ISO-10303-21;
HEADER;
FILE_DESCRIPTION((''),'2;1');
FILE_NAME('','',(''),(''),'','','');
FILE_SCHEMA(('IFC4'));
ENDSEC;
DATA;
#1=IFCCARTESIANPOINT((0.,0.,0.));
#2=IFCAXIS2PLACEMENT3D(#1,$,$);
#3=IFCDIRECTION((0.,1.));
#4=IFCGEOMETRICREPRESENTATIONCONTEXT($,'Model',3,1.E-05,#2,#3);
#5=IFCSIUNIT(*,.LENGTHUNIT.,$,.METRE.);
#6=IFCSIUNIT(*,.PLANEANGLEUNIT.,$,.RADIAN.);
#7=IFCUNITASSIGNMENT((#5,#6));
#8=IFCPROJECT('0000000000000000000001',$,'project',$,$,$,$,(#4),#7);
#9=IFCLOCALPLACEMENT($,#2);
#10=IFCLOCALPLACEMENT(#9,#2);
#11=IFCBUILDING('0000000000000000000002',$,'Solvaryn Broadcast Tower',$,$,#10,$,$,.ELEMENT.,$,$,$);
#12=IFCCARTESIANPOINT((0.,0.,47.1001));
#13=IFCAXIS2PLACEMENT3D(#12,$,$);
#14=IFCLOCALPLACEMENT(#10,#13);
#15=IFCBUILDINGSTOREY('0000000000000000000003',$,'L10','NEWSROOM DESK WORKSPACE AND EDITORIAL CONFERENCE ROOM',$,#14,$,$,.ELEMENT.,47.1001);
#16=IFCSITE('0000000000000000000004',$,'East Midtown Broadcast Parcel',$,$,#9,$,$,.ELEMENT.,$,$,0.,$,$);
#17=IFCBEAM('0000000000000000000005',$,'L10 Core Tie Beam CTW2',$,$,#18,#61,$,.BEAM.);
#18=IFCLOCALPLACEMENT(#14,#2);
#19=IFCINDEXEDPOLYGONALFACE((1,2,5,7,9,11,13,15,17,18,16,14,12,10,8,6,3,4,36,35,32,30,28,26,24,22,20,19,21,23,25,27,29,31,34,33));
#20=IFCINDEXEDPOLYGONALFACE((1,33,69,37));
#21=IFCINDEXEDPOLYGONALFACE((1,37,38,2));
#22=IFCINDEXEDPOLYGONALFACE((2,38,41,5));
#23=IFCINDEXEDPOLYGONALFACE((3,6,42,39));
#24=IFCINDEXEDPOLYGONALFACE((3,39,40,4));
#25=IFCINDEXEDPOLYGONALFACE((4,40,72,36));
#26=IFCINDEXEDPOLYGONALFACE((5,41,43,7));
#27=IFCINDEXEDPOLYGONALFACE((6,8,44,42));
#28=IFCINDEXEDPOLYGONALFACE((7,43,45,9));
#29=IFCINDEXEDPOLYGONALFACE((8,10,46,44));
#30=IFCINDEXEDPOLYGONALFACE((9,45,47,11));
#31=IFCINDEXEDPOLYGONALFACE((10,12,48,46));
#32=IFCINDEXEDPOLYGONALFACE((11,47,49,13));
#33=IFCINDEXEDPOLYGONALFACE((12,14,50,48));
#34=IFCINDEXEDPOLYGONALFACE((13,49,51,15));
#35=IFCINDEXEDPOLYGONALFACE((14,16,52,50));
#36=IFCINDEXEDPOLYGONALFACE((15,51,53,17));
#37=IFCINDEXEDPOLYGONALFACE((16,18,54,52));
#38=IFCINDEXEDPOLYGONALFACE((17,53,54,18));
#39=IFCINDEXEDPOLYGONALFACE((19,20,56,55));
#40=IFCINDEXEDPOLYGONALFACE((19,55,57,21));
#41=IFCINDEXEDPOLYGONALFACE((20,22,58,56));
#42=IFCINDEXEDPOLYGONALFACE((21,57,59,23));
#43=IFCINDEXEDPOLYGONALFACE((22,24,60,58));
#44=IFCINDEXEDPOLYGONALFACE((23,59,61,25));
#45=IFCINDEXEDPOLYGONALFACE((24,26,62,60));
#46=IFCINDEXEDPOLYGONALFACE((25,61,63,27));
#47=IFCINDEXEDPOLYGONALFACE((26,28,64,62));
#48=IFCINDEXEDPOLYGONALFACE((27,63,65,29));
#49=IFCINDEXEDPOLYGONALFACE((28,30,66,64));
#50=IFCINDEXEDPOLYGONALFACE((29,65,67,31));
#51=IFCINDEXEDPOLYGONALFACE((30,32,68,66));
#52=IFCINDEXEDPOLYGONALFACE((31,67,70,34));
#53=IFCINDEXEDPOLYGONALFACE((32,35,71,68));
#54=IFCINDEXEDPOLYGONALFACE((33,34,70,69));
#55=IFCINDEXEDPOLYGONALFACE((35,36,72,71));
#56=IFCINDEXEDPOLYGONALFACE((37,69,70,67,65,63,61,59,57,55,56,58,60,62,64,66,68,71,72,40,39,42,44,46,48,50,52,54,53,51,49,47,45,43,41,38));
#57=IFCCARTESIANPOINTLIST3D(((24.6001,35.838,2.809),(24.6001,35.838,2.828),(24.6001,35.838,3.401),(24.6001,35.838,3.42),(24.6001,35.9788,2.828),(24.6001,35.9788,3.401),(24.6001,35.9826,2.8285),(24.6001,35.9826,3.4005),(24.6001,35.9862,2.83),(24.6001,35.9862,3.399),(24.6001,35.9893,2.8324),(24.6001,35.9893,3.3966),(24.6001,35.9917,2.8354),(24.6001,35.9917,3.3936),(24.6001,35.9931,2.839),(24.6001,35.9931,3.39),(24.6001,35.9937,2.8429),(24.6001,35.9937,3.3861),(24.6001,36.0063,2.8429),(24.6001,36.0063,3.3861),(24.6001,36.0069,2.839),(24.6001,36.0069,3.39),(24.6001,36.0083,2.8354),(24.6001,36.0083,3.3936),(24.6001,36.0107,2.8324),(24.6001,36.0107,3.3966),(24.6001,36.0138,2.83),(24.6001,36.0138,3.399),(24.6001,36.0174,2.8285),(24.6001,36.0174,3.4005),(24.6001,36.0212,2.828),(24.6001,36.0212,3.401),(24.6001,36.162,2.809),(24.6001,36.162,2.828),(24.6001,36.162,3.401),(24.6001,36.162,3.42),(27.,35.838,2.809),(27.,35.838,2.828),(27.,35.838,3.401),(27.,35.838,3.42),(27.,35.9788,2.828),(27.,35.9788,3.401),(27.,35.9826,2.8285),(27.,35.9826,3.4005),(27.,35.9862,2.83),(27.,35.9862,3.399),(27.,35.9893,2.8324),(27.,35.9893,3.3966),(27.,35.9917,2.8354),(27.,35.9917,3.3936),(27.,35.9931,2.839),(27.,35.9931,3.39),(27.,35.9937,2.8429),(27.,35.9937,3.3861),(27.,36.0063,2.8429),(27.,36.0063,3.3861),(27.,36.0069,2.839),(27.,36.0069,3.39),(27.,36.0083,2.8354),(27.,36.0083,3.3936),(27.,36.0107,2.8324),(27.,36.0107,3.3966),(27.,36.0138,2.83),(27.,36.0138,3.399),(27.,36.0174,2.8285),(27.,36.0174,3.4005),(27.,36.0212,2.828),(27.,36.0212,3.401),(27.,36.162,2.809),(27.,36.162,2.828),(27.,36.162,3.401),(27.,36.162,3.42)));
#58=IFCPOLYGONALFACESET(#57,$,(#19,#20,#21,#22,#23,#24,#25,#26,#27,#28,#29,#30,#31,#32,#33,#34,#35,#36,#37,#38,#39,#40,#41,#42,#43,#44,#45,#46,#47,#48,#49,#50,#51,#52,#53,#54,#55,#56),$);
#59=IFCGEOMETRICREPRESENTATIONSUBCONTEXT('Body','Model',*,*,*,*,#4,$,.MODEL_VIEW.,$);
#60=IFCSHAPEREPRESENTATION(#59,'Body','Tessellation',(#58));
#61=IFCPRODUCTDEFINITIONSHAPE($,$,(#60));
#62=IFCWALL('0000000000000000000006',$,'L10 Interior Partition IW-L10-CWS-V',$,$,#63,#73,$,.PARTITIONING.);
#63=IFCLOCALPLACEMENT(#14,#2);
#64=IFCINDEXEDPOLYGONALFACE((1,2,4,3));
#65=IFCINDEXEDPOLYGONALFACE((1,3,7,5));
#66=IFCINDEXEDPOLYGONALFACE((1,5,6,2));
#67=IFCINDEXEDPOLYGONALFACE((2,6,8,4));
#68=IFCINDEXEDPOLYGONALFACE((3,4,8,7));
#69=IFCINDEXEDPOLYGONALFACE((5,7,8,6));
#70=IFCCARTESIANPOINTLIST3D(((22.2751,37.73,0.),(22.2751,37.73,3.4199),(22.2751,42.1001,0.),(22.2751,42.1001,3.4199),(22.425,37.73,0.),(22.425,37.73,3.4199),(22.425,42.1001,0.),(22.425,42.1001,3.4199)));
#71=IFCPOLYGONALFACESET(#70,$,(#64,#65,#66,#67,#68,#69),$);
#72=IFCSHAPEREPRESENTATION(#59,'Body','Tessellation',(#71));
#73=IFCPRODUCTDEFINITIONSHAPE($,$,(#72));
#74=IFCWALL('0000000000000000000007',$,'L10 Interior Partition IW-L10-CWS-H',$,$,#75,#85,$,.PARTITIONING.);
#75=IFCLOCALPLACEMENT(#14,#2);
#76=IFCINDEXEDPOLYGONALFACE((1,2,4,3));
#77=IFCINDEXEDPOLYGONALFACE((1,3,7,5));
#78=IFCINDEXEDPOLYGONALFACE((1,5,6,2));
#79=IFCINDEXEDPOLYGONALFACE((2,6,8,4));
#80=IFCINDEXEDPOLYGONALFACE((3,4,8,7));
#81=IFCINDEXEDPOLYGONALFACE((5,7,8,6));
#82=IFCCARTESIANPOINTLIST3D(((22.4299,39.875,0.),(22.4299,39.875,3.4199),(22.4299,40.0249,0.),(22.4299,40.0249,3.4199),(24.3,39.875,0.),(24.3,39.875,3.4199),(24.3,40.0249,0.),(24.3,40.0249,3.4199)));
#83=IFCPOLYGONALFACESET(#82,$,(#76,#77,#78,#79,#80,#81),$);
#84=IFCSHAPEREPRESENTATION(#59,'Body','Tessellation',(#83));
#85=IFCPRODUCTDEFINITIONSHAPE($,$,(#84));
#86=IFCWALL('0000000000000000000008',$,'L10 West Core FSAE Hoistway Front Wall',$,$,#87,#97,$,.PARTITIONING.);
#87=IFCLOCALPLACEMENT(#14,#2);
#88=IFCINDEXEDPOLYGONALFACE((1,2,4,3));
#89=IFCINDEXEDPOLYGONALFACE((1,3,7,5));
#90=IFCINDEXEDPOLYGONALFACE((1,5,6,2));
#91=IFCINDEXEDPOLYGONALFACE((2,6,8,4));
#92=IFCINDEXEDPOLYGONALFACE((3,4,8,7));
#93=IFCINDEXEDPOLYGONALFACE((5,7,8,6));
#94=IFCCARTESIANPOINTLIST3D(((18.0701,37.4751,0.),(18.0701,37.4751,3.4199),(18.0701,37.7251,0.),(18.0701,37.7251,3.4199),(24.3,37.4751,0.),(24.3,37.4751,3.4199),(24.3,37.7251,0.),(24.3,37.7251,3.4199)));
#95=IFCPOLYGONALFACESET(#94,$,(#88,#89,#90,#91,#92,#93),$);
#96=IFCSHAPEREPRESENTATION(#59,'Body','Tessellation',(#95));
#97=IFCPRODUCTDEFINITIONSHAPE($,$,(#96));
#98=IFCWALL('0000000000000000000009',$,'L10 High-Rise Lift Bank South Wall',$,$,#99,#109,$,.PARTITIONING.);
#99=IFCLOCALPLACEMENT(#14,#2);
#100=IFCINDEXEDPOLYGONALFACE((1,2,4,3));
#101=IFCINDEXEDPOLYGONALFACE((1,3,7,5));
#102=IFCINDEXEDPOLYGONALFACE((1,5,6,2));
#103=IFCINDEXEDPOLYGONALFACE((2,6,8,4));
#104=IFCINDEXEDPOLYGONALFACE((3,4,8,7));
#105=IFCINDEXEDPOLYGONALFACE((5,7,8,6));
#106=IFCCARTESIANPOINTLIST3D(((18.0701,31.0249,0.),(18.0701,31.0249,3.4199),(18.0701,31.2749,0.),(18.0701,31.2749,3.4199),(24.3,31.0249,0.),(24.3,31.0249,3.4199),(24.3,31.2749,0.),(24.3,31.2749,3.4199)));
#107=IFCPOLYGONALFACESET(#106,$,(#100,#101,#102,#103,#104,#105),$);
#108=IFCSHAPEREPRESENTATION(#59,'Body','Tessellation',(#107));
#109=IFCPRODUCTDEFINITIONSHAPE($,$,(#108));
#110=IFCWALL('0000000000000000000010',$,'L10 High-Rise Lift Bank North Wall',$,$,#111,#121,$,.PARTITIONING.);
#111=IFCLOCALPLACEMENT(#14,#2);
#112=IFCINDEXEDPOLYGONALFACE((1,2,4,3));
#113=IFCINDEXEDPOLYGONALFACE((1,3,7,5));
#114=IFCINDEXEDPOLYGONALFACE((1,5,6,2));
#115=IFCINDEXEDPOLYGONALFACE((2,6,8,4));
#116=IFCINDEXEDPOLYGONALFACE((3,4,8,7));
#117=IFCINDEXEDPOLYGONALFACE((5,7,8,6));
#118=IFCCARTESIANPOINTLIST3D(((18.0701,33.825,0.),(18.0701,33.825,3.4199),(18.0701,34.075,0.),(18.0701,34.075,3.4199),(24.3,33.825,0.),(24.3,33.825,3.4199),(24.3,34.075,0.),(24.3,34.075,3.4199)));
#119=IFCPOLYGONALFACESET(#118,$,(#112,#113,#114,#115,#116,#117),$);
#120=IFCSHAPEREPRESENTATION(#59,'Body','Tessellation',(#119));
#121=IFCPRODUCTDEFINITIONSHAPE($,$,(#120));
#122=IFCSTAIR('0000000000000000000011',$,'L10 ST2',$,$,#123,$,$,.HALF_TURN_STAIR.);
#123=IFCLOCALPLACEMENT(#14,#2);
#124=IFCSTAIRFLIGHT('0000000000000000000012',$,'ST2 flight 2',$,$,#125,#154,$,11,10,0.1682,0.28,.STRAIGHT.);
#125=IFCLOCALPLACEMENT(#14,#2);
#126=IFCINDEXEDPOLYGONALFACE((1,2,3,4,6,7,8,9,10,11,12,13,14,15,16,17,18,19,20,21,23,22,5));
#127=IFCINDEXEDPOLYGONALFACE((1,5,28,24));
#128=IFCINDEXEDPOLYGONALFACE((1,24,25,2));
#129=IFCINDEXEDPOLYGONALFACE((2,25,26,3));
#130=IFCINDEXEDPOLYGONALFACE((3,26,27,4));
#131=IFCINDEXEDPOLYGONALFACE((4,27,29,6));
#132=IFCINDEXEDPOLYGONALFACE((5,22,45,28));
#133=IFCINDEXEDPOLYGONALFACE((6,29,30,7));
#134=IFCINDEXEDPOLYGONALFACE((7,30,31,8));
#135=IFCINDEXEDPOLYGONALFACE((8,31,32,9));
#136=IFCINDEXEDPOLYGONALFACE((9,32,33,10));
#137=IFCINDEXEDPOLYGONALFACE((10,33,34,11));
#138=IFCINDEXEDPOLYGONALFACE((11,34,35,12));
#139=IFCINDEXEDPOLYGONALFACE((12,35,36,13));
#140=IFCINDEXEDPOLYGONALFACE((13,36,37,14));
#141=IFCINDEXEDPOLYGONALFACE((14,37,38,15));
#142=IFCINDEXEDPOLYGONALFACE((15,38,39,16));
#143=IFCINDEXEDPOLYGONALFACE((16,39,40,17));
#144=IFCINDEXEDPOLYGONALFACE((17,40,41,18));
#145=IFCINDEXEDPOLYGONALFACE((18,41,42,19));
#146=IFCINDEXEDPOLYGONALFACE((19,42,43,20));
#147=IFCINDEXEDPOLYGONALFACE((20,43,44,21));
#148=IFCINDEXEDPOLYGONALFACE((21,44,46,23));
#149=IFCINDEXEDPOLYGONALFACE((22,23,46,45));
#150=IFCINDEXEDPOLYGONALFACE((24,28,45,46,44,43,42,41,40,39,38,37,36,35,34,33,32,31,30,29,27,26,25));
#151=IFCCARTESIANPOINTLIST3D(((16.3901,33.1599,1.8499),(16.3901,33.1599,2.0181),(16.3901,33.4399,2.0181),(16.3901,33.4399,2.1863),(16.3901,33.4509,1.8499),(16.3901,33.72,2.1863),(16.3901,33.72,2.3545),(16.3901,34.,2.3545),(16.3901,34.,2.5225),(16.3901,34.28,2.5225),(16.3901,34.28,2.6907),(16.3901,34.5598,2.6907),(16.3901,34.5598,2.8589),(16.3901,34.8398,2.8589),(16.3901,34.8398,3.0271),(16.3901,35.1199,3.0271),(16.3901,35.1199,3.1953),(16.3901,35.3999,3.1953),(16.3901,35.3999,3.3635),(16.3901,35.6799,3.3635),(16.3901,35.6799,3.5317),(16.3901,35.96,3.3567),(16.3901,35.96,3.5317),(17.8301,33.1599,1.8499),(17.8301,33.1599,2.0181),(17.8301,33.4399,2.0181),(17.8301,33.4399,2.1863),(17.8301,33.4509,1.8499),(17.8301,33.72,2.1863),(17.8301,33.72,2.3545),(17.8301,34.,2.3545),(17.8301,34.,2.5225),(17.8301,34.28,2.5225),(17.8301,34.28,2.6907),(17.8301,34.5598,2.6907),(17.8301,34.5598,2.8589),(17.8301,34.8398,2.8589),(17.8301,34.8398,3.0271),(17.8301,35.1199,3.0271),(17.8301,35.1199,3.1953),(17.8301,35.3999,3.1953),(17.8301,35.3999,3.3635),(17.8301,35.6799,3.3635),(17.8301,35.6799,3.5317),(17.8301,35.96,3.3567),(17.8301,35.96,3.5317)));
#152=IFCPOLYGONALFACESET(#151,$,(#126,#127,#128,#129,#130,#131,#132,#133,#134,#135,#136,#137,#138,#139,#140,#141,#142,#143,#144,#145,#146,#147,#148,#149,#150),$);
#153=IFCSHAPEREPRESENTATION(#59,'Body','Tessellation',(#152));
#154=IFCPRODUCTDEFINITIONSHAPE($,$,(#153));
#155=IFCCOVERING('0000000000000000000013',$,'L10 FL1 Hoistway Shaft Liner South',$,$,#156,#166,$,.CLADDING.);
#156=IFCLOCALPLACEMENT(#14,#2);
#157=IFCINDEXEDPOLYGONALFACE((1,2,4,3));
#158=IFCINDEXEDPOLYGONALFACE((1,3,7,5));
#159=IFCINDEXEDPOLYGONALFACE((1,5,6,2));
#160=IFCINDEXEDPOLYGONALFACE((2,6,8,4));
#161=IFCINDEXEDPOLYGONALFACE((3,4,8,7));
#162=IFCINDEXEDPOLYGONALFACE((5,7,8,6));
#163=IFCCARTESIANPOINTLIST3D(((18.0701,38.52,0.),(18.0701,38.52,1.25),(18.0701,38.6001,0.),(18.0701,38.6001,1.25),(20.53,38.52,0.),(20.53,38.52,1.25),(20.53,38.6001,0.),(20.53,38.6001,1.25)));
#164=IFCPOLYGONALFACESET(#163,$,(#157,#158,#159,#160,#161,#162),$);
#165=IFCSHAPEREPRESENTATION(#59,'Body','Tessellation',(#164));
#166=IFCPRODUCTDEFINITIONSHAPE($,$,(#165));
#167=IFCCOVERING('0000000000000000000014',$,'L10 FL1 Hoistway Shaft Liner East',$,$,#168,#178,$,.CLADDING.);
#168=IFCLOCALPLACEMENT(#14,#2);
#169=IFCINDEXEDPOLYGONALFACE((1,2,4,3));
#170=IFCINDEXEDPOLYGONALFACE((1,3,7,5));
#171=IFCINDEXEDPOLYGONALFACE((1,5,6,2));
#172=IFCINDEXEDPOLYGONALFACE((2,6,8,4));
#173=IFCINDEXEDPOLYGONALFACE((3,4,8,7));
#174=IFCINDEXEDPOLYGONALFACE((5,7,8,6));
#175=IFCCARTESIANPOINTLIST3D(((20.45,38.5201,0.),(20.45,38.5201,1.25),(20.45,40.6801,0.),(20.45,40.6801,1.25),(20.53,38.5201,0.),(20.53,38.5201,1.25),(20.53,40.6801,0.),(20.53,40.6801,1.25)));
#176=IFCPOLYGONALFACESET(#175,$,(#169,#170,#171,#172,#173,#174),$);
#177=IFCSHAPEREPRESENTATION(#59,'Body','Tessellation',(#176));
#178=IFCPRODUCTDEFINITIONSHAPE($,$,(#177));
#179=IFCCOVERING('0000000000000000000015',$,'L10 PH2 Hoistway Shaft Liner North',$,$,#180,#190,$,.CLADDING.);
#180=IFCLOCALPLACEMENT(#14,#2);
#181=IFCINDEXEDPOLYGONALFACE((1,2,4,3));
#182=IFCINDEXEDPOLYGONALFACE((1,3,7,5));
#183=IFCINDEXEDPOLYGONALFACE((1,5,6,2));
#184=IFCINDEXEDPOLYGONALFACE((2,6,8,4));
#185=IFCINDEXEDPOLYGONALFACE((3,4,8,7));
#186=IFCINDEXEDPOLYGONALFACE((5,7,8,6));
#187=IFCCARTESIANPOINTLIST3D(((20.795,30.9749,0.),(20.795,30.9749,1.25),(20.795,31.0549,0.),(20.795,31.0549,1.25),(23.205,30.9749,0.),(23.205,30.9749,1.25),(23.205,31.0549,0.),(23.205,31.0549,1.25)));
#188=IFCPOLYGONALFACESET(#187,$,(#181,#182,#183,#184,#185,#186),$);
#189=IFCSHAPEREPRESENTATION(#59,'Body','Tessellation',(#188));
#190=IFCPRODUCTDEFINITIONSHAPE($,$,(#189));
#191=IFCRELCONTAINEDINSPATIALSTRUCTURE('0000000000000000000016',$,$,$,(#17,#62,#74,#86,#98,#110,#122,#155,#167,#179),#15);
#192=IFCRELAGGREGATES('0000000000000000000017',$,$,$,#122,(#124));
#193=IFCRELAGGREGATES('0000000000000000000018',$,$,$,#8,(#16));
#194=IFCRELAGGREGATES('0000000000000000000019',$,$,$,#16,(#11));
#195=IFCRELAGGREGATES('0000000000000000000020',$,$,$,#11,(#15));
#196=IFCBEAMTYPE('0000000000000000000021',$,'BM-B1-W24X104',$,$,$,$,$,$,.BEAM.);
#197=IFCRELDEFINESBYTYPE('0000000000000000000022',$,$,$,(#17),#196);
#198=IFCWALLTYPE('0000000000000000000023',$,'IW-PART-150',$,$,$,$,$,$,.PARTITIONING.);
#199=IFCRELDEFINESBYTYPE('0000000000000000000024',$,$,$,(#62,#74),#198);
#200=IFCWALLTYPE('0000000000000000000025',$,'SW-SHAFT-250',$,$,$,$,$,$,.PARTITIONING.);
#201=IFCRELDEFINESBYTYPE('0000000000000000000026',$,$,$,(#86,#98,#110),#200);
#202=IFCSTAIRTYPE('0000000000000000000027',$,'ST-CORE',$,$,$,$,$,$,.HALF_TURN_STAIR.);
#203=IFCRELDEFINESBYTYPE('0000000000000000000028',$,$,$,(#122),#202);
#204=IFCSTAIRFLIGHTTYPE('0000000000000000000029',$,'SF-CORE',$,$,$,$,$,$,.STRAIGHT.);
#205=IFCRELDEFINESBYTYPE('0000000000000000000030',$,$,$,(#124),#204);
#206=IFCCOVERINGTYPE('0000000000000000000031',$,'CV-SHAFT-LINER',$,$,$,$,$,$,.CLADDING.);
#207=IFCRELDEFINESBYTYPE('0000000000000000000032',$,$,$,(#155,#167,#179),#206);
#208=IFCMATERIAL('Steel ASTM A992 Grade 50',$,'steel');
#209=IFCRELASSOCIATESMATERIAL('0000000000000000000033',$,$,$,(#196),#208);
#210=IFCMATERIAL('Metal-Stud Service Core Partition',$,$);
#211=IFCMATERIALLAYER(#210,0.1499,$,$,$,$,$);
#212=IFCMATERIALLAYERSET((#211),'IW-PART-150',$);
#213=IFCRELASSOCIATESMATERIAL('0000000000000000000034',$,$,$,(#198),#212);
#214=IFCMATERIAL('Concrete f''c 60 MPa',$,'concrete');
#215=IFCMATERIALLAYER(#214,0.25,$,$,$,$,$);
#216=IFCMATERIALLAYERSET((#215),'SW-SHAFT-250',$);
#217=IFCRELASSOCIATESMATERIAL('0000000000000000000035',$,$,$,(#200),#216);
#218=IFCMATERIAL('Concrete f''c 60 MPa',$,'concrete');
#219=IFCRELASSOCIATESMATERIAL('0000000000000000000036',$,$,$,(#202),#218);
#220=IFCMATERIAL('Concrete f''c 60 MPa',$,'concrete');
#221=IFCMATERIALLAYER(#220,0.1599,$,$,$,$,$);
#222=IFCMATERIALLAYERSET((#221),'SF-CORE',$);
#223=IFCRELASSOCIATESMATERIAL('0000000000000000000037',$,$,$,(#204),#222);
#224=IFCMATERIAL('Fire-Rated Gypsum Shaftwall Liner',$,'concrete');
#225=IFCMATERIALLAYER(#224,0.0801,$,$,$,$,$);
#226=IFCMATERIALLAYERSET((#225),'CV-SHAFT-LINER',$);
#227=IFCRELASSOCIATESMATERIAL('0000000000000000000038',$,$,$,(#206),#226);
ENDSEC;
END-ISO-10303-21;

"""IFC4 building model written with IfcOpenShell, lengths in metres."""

from ifc_helpers import new_model, si_unit, direction, frame, frame_2d, origin, origin_2d, place, context, subcontext, project, spatial, polyline, rectangle, i_section, outline, extrude, material, layer, layer_set, material_profile, profile_set, type_object, element, aggregate, save


model = new_model("IFC4")

# Units and contexts
model_context = context("Model", 3, precision=1e-05, world=origin(), true_north=direction((0.0, 1.0)))
body_context = subcontext(model_context, "Body", "Model", "MODEL_VIEW")
ifc_project = project(units=[si_unit("LENGTHUNIT", "METRE"), si_unit("PLANEANGLEUNIT", "RADIAN")], contexts=[model_context])

# Site, building, storey
site_placement = place(None, origin())
site = spatial("IfcSite", under=ifc_project, at=site_placement, Name="East Midtown Broadcast Parcel", CompositionType="ELEMENT", RefElevation=0.0)
building_placement = place(site_placement, origin())
building = spatial("IfcBuilding", under=site, at=building_placement, Name="Solvaryn Broadcast Tower", CompositionType="ELEMENT")
storey_placement = place(building_placement, frame((0.0, 0.0, 47.1001)))
storey = spatial("IfcBuildingStorey", under=building, at=storey_placement, Name="L10", Description="NEWSROOM DESK WORKSPACE AND EDITORIAL CONFERENCE ROOM", CompositionType="ELEMENT", Elevation=47.1001)

# Beam
ifc_material_1 = material(Name="Steel ASTM A992 Grade 50", Category="steel")
ifc_material_profile = material_profile(ifc_material_1, i_section(OverallWidth=0.324, OverallDepth=0.6111, WebThickness=0.0127, FlangeThickness=0.019, FilletRadius=0.0149, at=origin_2d()))
ifc_profile_set = profile_set([ifc_material_profile], Name="Steel ASTM A992 Grade 50")
beam_type = type_object("IfcBeamType", Name="BM-B1-W24X104", PredefinedType="BEAM", material=ifc_profile_set)
beam_placement = place(storey_placement, frame((24.6001, 36.0, 3.1145), z_axis=(1.0, 0.0, 0.0), x_axis=(0.0, 1.0, 0.0)))
element("IfcBeam", 1, at=beam_placement, inside=storey, type_object=beam_type, Name="L10 Core Tie Beam CTW2", PredefinedType="BEAM", context=body_context, shape_type="SweptSolid", body=[
    extrude(i_section(OverallWidth=0.324, OverallDepth=0.6111, WebThickness=0.0127, FlangeThickness=0.019, FilletRadius=0.0149, at=origin_2d()), origin(), (0.0, 0.0, 1.0), 2.3999),
])

# Walls
ifc_material_2 = material(Name="Metal-Stud Service Core Partition")
ifc_layer_1 = layer(ifc_material_2, 0.1499)
ifc_layer_set_1 = layer_set([ifc_layer_1], Name="IW-PART-150")
wall_type_1 = type_object("IfcWallType", Name="IW-PART-150", PredefinedType="PARTITIONING", material=ifc_layer_set_1)
wall_1_placement = place(storey_placement, frame((22.3501, 37.73, 0.0), z_axis=(0.0, 0.0, 1.0), x_axis=(0.0, 1.0, 0.0)))
element("IfcWall", 2, at=wall_1_placement, inside=storey, type_object=wall_type_1, Name="L10 Interior Partition IW-L10-CWS-V", PredefinedType="PARTITIONING", context=body_context, shape_type="SweptSolid", body=[
    extrude(rectangle(XDim=4.3701, YDim=0.1499, at=frame_2d((2.1851, 0.0))), origin(), (0.0, 0.0, 1.0), 3.4199),
])
wall_2_placement = place(storey_placement, frame((22.4299, 39.95, 0.0), z_axis=(0.0, 0.0, 1.0), x_axis=(1.0, 0.0, 0.0)))
element("IfcWall", 3, at=wall_2_placement, inside=storey, type_object=wall_type_1, Name="L10 Interior Partition IW-L10-CWS-H", PredefinedType="PARTITIONING", context=body_context, shape_type="SweptSolid", body=[
    extrude(rectangle(XDim=1.8701, YDim=0.1499, at=frame_2d((0.9351, 0.0))), origin(), (0.0, 0.0, 1.0), 3.4199),
])
ifc_material_3 = material(Name="Concrete f'c 60 MPa", Category="concrete")
ifc_layer_2 = layer(ifc_material_3, 0.25)
ifc_layer_set_2 = layer_set([ifc_layer_2], Name="SW-SHAFT-250")
wall_type_2 = type_object("IfcWallType", Name="SW-SHAFT-250", PredefinedType="PARTITIONING", material=ifc_layer_set_2)
for number, where, z_axis, x_axis, name in (
    (4, (18.0701, 37.6001, 0.0), (0.0, 0.0, 1.0), (1.0, 0.0, 0.0), "L10 West Core FSAE Hoistway Front Wall"),
    (5, (18.0701, 31.1499, 0.0), (0.0, 0.0, 1.0), (1.0, 0.0, 0.0), "L10 High-Rise Lift Bank South Wall"),
    (6, (24.3, 33.95, 0.0), (0.0, 0.0, 1.0), (-1.0, 0.0, 0.0), "L10 High-Rise Lift Bank North Wall"),
):
    element("IfcWall", number, at=place(storey_placement, frame(where, z_axis=z_axis, x_axis=x_axis)), inside=storey, type_object=wall_type_2, Name=name, PredefinedType="PARTITIONING", context=body_context, shape_type="SweptSolid", body=[
        extrude(rectangle(XDim=6.23, YDim=0.25, at=frame_2d((3.115, 0.0))), origin(), (0.0, 0.0, 1.0), 3.4199),
    ])

# Stair, stair flight
ifc_material_4 = material(Name="Concrete f'c 60 MPa", Category="concrete")
stair_type = type_object("IfcStairType", Name="ST-CORE", PredefinedType="HALF_TURN_STAIR", material=ifc_material_4)
stair_placement = place(storey_placement, origin())
stair = element("IfcStair", 7, at=stair_placement, inside=storey, type_object=stair_type, Name="L10 ST2", PredefinedType="HALF_TURN_STAIR")
ifc_material_5 = material(Name="Concrete f'c 60 MPa", Category="concrete")
ifc_layer_3 = layer(ifc_material_5, 0.1599)
ifc_layer_set_3 = layer_set([ifc_layer_3], Name="SF-CORE")
stair_flight_type = type_object("IfcStairFlightType", Name="SF-CORE", PredefinedType="STRAIGHT", material=ifc_layer_set_3)
stair_flight_placement = place(storey_placement, frame((17.1101, 33.1599, 1.8499), z_axis=(0.0, 0.0, 1.0), x_axis=(0.0, 1.0, 0.0)))
stair_flight = element("IfcStairFlight", 8, at=stair_flight_placement, type_object=stair_flight_type, Name="ST2 flight 2", NumberOfRisers=11, NumberOfTreads=10, PredefinedType="STRAIGHT", RiserHeight=0.1682, TreadLength=0.28, context=body_context, shape_type="SweptSolid", body=[
    extrude(outline(polyline([(0.0, 0.0), (0.0, 0.1682), (0.28, 0.1682), (0.28, 0.3364), (0.5601, 0.3364), (0.5601, 0.5046), (0.8401, 0.5046), (0.8401, 0.6726), (1.1201, 0.6726), (1.1201, 0.8408), (1.3999, 0.8408), (1.3999, 1.009), (1.6799, 1.009), (1.6799, 1.1772), (1.96, 1.1772), (1.96, 1.3455), (2.24, 1.3455), (2.24, 1.5137), (2.52, 1.5137), (2.52, 1.6819), (2.8, 1.6819), (2.8, 1.8501), (2.8, 1.5068), (0.291, 0.0), (0.0, 0.0)])), frame((0.0, 0.72, 0.0), z_axis=(0.0, -1.0, 0.0), x_axis=(1.0, 0.0, 0.0)), (0.0, 0.0, 1.0), 1.4399),
])
aggregate(stair, [stair_flight])

# Coverings
ifc_material_6 = material(Name="Fire-Rated Gypsum Shaftwall Liner", Category="concrete")
ifc_layer_4 = layer(ifc_material_6, 0.0801)
ifc_layer_set_4 = layer_set([ifc_layer_4], Name="CV-SHAFT-LINER")
covering_type = type_object("IfcCoveringType", Name="CV-SHAFT-LINER", PredefinedType="CLADDING", material=ifc_layer_set_4)
covering_1_placement = place(storey_placement, frame((19.3, 38.5601, 0.0), z_axis=(0.0, 0.0, 1.0), x_axis=(1.0, 0.0, 0.0)))
element("IfcCovering", 9, at=covering_1_placement, inside=storey, type_object=covering_type, Name="L10 FL1 Hoistway Shaft Liner South", PredefinedType="CLADDING", context=body_context, shape_type="SweptSolid", body=[
    extrude(rectangle(XDim=2.46, YDim=0.0801, at=origin_2d()), origin(), (0.0, 0.0, 1.0), 1.25),
])
covering_2_placement = place(storey_placement, frame((20.49, 39.6001, 0.0), z_axis=(0.0, 0.0, 1.0), x_axis=(1.0, 0.0, 0.0)))
element("IfcCovering", 10, at=covering_2_placement, inside=storey, type_object=covering_type, Name="L10 FL1 Hoistway Shaft Liner East", PredefinedType="CLADDING", context=body_context, shape_type="SweptSolid", body=[
    extrude(rectangle(XDim=0.0801, YDim=2.1599, at=origin_2d()), origin(), (0.0, 0.0, 1.0), 1.25),
])
for number, where, z_axis, x_axis, name in (
    (11, (22.0, 31.0149, 0.0), (0.0, 0.0, 1.0), (1.0, 0.0, 0.0), "L10 PH2 Hoistway Shaft Liner North"),
):
    element("IfcCovering", number, at=place(storey_placement, frame(where, z_axis=z_axis, x_axis=x_axis)), inside=storey, type_object=covering_type, Name=name, PredefinedType="CLADDING", context=body_context, shape_type="SweptSolid", body=[
        extrude(rectangle(XDim=2.4099, YDim=0.0801, at=origin_2d()), origin(), (0.0, 0.0, 1.0), 1.25),
    ])

save(model, "model.ifc")
